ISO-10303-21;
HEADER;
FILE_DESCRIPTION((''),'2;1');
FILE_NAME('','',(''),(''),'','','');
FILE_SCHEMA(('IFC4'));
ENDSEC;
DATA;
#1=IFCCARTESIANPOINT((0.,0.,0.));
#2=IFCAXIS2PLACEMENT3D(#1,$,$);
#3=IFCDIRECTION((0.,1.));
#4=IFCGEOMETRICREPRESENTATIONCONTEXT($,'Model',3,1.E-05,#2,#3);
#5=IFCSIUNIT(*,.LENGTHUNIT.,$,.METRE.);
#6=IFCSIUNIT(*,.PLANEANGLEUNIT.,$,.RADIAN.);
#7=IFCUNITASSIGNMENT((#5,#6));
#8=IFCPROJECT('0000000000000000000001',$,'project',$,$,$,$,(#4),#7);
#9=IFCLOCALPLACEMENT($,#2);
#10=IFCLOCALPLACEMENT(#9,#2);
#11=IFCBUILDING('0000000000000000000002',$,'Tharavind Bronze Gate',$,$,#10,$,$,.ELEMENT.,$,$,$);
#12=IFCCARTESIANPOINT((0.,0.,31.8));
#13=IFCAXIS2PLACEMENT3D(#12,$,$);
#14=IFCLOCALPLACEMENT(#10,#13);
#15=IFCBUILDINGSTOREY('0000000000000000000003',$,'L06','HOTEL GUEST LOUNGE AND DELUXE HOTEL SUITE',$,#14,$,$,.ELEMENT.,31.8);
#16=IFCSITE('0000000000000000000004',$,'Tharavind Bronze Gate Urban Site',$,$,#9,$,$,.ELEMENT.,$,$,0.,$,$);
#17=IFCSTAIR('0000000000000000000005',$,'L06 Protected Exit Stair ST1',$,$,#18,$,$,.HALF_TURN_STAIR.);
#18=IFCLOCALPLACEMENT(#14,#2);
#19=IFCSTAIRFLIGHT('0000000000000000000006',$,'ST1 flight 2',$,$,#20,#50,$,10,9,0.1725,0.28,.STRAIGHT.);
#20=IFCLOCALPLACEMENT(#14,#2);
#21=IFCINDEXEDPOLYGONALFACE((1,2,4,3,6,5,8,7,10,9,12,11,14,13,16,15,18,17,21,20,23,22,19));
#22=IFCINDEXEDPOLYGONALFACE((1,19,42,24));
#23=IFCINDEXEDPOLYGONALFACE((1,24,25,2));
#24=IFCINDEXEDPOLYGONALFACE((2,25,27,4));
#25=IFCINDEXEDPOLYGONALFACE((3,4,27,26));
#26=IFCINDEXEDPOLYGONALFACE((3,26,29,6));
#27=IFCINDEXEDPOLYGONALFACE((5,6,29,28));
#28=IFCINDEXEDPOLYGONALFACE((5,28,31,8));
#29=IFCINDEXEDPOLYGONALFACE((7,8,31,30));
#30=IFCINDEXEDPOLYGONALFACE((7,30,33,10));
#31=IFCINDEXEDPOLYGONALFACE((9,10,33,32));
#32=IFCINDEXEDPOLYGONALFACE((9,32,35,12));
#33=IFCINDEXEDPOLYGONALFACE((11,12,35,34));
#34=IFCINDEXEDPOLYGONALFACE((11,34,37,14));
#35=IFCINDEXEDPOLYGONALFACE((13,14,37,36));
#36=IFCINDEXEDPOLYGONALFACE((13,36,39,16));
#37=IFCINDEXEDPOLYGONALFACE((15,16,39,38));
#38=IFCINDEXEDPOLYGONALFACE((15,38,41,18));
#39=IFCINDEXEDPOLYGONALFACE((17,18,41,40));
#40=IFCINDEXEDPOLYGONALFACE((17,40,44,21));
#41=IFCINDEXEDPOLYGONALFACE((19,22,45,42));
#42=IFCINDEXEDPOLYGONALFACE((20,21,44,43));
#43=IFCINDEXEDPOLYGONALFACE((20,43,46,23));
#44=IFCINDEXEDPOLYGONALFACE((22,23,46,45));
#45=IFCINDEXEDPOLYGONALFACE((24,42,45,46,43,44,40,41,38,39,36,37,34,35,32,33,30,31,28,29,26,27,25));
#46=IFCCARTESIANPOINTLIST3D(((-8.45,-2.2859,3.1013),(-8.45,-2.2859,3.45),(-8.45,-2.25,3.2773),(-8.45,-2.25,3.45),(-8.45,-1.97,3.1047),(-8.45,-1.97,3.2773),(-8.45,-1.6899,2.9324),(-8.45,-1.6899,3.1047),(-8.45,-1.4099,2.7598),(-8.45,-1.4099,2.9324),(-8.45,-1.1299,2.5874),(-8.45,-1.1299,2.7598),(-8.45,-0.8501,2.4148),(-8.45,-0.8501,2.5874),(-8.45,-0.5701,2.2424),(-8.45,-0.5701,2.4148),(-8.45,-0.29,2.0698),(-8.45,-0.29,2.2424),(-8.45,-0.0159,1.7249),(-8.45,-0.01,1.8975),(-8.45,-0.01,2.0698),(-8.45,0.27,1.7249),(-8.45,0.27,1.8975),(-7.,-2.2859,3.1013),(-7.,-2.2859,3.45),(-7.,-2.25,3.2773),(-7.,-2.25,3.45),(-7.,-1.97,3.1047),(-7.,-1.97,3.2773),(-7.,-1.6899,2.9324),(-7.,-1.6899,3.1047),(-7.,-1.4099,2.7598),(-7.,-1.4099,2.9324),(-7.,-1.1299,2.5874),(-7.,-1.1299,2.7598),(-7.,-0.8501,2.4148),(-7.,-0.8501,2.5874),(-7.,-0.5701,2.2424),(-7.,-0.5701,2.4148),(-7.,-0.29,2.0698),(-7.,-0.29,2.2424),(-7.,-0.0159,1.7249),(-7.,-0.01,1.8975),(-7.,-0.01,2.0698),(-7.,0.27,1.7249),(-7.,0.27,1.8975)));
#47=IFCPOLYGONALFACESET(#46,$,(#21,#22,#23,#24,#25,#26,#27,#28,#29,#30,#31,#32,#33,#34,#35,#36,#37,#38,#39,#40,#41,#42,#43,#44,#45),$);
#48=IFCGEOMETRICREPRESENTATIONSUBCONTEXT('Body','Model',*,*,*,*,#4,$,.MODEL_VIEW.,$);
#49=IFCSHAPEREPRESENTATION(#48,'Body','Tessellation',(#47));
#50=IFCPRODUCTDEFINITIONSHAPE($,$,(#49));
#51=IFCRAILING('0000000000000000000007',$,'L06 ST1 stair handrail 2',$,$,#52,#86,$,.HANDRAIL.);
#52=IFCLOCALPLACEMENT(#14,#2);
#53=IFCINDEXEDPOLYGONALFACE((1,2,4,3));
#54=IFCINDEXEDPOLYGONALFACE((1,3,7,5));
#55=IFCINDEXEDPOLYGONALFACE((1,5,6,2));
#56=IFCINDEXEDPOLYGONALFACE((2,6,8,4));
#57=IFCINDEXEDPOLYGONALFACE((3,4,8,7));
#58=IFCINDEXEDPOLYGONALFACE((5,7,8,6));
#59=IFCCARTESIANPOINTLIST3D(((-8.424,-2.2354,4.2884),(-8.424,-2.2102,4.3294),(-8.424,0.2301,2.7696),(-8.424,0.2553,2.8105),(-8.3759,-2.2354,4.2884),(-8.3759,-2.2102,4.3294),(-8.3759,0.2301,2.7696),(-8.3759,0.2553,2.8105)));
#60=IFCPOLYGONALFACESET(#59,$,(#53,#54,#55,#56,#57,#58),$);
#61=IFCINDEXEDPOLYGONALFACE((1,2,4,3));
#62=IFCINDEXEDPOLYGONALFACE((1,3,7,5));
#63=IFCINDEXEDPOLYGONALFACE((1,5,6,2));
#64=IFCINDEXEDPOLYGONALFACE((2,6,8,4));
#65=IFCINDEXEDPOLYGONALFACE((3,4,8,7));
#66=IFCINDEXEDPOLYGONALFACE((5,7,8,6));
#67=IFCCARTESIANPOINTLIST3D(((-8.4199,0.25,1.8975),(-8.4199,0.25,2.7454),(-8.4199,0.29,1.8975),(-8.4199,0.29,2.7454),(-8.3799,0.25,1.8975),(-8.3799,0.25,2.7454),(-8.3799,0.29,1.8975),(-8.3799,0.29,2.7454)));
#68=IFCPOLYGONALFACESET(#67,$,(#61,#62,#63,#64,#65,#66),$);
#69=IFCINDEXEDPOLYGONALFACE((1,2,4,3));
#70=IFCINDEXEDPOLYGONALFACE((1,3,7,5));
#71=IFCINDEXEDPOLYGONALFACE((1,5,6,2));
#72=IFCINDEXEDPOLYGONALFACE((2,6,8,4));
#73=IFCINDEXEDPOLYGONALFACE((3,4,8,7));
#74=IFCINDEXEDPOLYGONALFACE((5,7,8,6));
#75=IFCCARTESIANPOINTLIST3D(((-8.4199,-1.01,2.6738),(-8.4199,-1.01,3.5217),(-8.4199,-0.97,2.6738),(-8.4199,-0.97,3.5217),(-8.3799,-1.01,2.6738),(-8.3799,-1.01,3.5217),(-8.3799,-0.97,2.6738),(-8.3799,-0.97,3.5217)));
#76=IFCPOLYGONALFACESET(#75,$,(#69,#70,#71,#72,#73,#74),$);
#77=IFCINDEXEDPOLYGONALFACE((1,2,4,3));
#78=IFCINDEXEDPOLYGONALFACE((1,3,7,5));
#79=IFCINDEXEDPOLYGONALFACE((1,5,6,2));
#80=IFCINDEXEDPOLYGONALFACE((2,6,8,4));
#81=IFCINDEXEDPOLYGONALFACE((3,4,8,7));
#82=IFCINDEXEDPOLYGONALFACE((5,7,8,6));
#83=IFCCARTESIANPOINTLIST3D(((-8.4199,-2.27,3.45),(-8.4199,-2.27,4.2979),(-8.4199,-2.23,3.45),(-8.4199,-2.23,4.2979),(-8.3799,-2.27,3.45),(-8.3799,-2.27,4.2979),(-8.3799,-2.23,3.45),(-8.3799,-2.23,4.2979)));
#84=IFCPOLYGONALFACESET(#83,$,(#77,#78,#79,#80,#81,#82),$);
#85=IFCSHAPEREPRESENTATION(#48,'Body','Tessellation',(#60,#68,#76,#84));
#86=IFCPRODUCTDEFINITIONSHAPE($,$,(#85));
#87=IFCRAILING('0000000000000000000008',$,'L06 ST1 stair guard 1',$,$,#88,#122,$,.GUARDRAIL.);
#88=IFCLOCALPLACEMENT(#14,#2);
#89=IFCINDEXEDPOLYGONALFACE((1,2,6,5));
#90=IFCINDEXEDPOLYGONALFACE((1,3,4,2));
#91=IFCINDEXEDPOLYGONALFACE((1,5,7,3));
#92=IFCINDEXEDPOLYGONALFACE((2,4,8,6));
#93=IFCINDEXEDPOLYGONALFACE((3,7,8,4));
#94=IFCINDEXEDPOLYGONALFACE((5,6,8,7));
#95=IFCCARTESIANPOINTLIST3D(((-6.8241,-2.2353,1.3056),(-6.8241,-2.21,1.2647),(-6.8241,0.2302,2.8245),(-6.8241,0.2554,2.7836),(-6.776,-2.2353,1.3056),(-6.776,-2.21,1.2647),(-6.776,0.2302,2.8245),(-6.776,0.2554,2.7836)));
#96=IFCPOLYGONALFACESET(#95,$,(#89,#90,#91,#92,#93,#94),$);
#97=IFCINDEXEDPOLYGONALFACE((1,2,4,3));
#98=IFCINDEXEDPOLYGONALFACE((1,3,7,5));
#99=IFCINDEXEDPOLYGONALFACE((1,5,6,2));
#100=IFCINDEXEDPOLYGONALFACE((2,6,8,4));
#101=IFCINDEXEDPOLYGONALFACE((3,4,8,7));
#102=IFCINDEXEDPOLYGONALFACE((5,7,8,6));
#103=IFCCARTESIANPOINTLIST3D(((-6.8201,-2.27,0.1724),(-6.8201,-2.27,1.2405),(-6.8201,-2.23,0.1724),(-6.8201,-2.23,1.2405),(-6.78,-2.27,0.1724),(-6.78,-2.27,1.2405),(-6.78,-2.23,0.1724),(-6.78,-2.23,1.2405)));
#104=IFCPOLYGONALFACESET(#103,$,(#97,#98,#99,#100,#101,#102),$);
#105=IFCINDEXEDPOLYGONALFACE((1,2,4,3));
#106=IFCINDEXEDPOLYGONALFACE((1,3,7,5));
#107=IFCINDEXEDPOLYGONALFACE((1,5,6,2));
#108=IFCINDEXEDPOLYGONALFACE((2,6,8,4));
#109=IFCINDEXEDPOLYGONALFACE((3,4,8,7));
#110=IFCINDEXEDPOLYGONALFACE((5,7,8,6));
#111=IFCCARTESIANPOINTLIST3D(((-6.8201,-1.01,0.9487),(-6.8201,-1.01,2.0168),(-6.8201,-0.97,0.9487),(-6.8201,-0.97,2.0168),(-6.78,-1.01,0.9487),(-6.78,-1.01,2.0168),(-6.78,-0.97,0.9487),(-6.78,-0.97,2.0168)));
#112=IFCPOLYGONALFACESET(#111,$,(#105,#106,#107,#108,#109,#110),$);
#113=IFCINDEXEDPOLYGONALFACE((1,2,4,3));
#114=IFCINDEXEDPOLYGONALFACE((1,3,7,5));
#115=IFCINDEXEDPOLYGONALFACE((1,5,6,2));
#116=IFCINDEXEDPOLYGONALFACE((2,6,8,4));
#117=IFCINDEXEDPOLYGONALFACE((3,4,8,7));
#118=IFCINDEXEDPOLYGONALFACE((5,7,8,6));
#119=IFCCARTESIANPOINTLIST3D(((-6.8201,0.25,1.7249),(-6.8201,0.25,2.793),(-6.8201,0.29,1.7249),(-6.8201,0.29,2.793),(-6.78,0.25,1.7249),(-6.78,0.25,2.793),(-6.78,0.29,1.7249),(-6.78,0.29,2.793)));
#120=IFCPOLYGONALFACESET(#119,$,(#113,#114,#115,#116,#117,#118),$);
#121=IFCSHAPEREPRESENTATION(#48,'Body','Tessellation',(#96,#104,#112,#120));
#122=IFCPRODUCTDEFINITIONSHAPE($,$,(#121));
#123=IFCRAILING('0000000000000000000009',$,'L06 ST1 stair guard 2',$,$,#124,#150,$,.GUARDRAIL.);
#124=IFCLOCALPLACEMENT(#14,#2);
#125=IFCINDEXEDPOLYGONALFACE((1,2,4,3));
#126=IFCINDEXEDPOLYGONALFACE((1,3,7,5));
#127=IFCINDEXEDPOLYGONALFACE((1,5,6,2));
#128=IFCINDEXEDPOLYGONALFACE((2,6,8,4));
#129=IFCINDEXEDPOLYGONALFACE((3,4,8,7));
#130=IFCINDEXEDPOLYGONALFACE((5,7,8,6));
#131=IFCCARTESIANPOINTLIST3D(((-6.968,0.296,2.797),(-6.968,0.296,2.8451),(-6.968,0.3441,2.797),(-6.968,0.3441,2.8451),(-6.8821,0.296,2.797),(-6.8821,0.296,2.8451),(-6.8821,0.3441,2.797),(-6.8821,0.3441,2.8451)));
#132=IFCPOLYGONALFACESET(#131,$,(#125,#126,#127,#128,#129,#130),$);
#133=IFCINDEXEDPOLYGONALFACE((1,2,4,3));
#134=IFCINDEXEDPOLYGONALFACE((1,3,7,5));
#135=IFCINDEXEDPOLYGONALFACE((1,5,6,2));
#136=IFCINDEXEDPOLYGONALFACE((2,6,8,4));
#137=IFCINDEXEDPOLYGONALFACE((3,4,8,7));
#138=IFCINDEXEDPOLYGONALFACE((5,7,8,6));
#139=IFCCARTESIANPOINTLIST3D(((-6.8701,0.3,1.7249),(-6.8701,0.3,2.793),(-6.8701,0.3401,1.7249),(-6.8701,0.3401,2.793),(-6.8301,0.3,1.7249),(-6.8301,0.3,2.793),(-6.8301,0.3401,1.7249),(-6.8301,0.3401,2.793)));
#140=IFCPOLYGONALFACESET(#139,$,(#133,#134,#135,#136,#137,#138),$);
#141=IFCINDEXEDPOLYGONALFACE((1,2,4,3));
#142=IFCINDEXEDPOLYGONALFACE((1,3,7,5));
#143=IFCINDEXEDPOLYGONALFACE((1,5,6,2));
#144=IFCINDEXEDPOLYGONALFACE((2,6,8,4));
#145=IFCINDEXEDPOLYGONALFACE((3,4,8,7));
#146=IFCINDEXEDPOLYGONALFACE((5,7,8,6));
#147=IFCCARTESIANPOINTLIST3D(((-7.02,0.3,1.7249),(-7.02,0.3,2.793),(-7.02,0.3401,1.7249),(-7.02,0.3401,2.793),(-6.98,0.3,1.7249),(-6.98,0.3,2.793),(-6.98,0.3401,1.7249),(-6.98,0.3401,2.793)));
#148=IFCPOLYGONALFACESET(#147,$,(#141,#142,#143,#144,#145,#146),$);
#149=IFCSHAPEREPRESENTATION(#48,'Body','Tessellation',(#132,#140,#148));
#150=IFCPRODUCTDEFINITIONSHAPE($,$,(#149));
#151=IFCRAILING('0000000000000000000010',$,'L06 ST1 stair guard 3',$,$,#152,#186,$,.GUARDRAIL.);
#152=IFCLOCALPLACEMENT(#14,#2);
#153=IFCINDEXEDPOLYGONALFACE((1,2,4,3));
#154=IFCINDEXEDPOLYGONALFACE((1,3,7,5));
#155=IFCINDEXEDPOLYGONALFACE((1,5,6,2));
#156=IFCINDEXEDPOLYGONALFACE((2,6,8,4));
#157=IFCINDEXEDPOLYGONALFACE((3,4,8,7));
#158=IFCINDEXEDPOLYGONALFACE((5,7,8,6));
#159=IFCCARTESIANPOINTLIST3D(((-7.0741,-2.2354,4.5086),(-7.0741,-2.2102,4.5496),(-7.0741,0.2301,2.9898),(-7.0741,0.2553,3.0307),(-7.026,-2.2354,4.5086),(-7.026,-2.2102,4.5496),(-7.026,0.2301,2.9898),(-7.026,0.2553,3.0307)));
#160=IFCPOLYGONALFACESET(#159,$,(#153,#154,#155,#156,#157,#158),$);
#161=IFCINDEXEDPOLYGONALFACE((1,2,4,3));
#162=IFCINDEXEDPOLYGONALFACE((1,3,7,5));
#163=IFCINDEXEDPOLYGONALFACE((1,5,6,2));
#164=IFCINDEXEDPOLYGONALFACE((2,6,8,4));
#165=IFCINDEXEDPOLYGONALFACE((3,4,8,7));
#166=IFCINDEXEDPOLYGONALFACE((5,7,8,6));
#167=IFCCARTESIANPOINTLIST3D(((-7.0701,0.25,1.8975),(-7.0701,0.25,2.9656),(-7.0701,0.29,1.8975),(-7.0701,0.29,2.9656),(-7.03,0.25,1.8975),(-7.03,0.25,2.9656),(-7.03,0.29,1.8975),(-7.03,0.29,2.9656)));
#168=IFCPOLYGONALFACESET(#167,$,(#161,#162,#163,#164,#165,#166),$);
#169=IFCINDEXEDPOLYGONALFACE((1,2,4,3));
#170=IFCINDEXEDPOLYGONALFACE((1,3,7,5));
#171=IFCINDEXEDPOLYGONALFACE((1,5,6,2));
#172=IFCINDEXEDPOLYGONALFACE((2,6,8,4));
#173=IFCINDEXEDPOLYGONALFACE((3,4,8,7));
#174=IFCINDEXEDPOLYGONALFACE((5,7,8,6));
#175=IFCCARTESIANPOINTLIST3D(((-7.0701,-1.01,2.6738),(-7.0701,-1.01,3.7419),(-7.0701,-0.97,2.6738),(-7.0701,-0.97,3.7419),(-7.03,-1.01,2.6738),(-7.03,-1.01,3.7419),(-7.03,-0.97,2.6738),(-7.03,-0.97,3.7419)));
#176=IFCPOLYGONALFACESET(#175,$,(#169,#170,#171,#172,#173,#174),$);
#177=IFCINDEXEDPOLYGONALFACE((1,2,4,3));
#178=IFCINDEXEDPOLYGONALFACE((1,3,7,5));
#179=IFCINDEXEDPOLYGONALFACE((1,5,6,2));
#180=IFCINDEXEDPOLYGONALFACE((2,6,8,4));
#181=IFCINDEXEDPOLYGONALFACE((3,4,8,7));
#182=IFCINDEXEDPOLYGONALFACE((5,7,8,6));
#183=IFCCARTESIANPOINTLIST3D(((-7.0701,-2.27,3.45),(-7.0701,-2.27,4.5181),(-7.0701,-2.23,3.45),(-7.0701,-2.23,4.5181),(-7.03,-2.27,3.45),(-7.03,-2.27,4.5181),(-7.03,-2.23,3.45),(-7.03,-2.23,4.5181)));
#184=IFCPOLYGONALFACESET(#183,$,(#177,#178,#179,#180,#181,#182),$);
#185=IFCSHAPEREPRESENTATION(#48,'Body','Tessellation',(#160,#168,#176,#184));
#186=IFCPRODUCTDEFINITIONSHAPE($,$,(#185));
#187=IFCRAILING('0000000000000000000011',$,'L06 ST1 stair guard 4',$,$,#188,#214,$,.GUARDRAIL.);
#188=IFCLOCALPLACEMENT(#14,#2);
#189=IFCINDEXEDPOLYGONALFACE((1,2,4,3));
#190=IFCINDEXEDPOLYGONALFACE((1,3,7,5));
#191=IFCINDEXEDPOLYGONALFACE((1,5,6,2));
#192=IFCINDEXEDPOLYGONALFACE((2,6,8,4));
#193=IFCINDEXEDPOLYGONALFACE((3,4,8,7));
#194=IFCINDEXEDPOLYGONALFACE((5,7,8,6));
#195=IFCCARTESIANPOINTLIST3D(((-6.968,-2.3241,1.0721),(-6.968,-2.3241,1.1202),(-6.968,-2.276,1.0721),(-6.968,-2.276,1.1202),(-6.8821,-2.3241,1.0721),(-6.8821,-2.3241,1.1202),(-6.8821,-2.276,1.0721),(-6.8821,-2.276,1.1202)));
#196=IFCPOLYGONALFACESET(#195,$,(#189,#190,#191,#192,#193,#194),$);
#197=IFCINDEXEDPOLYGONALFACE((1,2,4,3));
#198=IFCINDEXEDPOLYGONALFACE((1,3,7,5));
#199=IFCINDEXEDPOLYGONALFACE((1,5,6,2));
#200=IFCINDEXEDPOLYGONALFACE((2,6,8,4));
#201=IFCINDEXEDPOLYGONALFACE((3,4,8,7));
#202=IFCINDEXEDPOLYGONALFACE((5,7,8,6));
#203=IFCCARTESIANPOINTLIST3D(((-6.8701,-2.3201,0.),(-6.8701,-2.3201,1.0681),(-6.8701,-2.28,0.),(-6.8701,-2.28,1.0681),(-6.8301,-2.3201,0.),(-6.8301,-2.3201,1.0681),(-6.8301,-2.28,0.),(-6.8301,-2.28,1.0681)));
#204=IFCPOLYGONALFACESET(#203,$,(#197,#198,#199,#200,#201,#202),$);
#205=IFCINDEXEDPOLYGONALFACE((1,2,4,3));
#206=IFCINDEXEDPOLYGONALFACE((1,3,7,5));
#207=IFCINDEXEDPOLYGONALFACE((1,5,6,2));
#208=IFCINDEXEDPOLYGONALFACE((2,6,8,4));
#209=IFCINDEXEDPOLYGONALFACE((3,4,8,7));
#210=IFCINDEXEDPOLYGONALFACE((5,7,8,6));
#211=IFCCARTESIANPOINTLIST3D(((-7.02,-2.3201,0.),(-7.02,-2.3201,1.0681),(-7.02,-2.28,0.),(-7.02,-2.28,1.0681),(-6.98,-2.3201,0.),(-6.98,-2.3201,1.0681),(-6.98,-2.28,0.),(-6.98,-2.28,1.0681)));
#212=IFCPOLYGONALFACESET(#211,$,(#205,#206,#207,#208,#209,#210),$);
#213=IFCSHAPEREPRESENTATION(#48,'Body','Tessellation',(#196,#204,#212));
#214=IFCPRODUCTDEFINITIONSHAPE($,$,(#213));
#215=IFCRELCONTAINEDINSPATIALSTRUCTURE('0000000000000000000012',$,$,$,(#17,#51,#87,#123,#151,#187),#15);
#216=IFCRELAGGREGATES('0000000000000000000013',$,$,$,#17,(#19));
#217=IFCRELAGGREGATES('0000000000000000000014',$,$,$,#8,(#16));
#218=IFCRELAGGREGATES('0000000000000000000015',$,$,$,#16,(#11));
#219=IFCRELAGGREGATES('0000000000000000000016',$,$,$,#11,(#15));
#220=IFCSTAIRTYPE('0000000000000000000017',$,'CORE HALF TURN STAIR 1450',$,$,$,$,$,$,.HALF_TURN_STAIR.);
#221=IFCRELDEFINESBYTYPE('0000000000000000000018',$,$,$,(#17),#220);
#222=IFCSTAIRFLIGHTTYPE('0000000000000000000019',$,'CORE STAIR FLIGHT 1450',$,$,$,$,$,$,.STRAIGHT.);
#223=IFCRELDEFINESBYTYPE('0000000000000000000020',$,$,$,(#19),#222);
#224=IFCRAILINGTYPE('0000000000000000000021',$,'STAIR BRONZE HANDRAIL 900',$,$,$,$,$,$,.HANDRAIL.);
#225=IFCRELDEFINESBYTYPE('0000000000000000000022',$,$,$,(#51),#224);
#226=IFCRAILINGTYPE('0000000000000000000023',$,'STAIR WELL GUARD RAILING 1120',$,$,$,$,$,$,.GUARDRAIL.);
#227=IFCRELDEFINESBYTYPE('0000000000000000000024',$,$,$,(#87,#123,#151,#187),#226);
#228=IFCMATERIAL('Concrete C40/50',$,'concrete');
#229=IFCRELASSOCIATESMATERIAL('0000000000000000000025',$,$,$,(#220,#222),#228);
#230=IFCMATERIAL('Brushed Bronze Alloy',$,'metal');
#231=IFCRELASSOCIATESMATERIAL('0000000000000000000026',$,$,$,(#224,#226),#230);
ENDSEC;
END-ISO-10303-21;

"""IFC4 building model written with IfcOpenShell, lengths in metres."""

from ifc_helpers import new_model, si_unit, direction, frame, origin, origin_2d, place, context, subcontext, project, spatial, polyline, rectangle, outline, extrude, material, type_object, element, aggregate, save


model = new_model("IFC4")

# Units and contexts
model_context = context("Model", 3, precision=1e-05, world=origin(), true_north=direction((0.0, 1.0)))
body_context = subcontext(model_context, "Body", "Model", "MODEL_VIEW")
ifc_project = project(units=[si_unit("LENGTHUNIT", "METRE"), si_unit("PLANEANGLEUNIT", "RADIAN")], contexts=[model_context])

# Site, building, storey
site_placement = place(None, origin())
site = spatial("IfcSite", under=ifc_project, at=site_placement, Name="Tharavind Bronze Gate Urban Site", CompositionType="ELEMENT", RefElevation=0.0)
building_placement = place(site_placement, origin())
building = spatial("IfcBuilding", under=site, at=building_placement, Name="Tharavind Bronze Gate", CompositionType="ELEMENT")
storey_placement = place(building_placement, frame((0.0, 0.0, 31.8)))
storey = spatial("IfcBuildingStorey", under=building, at=storey_placement, Name="L06", Description="HOTEL GUEST LOUNGE AND DELUXE HOTEL SUITE", CompositionType="ELEMENT", Elevation=31.8)

# Stair, stair flight
ifc_material_1 = material(Name="Concrete C40/50", Category="concrete")
stair_type = type_object("IfcStairType", Name="CORE HALF TURN STAIR 1450", PredefinedType="HALF_TURN_STAIR", material=ifc_material_1)
stair_placement = place(storey_placement, origin())
stair = element("IfcStair", 1, at=stair_placement, inside=storey, type_object=stair_type, Name="L06 Protected Exit Stair ST1", PredefinedType="HALF_TURN_STAIR")
stair_flight_type = type_object("IfcStairFlightType", Name="CORE STAIR FLIGHT 1450", PredefinedType="STRAIGHT", material=ifc_material_1)
stair_flight_1_placement = place(storey_placement, frame((-7.7251, 0.27, 1.7249), z_axis=(0.0, 0.0, 1.0), x_axis=(0.0, -1.0, 0.0)))
stair_flight_1 = element("IfcStairFlight", 2, at=stair_flight_1_placement, type_object=stair_flight_type, Name="ST1 flight 2", NumberOfRisers=10, NumberOfTreads=9, PredefinedType="STRAIGHT", RiserHeight=0.1725, TreadLength=0.28, context=body_context, shape_type="SweptSolid", body=[
    extrude(outline(polyline([(0.0, 0.0), (0.0, 0.1726), (0.28, 0.1726), (0.28, 0.345), (0.5601, 0.345), (0.5601, 0.5176), (0.8401, 0.5176), (0.8401, 0.6899), (1.1201, 0.6899), (1.1201, 0.8625), (1.3999, 0.8625), (1.3999, 1.0349), (1.6799, 1.0349), (1.6799, 1.2075), (1.96, 1.2075), (1.96, 1.3799), (2.24, 1.3799), (2.24, 1.5525), (2.52, 1.5525), (2.52, 1.7251), (2.5559, 1.7251), (2.5559, 1.3765), (0.2859, 0.0), (0.0, 0.0)])), frame((0.0, 0.7251, 0.0), z_axis=(0.0, -1.0, 0.0), x_axis=(1.0, 0.0, 0.0)), (0.0, 0.0, 1.0), 1.45),
])
aggregate(stair, [stair_flight_1])

# Railings
ifc_material_2 = material(Name="Brushed Bronze Alloy", Category="metal")
railing_type_1 = type_object("IfcRailingType", Name="STAIR BRONZE HANDRAIL 900", PredefinedType="HANDRAIL", material=ifc_material_2)
railing_1_placement = place(storey_placement, frame((-8.3999, 0.27, 1.8975)))
element("IfcRailing", 3, at=railing_1_placement, inside=storey, type_object=railing_type_1, Name="L06 ST1 stair handrail 2", PredefinedType="HANDRAIL", context=body_context, shape_type="SweptSolid", body=[
    extrude(rectangle(XDim=0.0481, YDim=0.0481, at=origin_2d()), frame((0.0, -0.0273, 0.8926), z_axis=(0.0, -0.8514, 0.524516), x_axis=(1.0, 0.0, 0.0)), (0.0, 0.0, 1.0), 2.8958),
    extrude(rectangle(XDim=0.04, YDim=0.04, at=origin_2d()), origin(), (0.0, 0.0, 1.0), 0.8479),
    extrude(rectangle(XDim=0.04, YDim=0.04, at=origin_2d()), frame((0.0, -1.26, 0.7764)), (0.0, 0.0, 1.0), 0.8479),
    extrude(rectangle(XDim=0.04, YDim=0.04, at=origin_2d()), frame((0.0, -2.52, 1.5525)), (0.0, 0.0, 1.0), 0.8479),
])
railing_type_2 = type_object("IfcRailingType", Name="STAIR WELL GUARD RAILING 1120", PredefinedType="GUARDRAIL", material=ifc_material_2)
railing_2_placement = place(storey_placement, frame((-6.8, -2.25, 0.1724)))
element("IfcRailing", 4, at=railing_2_placement, inside=storey, type_object=railing_type_2, Name="L06 ST1 stair guard 1", PredefinedType="GUARDRAIL", context=body_context, shape_type="SweptSolid", body=[
    extrude(rectangle(XDim=0.0481, YDim=0.0481, at=origin_2d()), frame((0.0, 0.0273, 1.1128), z_axis=(0.0, 0.8514, 0.524516), x_axis=(-1.0, 0.0, 0.0)), (0.0, 0.0, 1.0), 2.8958),
    extrude(rectangle(XDim=0.04, YDim=0.04, at=origin_2d()), origin(), (0.0, 0.0, 1.0), 1.0681),
    extrude(rectangle(XDim=0.04, YDim=0.04, at=origin_2d()), frame((0.0, 1.26, 0.7764)), (0.0, 0.0, 1.0), 1.0681),
    extrude(rectangle(XDim=0.04, YDim=0.04, at=origin_2d()), frame((0.0, 2.52, 1.5525)), (0.0, 0.0, 1.0), 1.0681),
])
railing_3_placement = place(storey_placement, frame((-6.8501, 0.3201, 1.7249)))
element("IfcRailing", 5, at=railing_3_placement, inside=storey, type_object=railing_type_2, Name="L06 ST1 stair guard 2", PredefinedType="GUARDRAIL", context=body_context, shape_type="SweptSolid", body=[
    extrude(rectangle(XDim=0.0481, YDim=0.0481, at=origin_2d()), frame((-0.032, 0.0, 1.0962), z_axis=(-1.0, 0.0, 0.0), x_axis=(0.0, -1.0, 0.0)), (0.0, 0.0, 1.0), 0.0859),
    extrude(rectangle(XDim=0.04, YDim=0.04, at=origin_2d()), origin(), (0.0, 0.0, 1.0), 1.0681),
    extrude(rectangle(XDim=0.04, YDim=0.04, at=origin_2d()), frame((-0.1499, 0.0, 0.0)), (0.0, 0.0, 1.0), 1.0681),
])
railing_4_placement = place(storey_placement, frame((-7.05, 0.27, 1.8975)))
element("IfcRailing", 6, at=railing_4_placement, inside=storey, type_object=railing_type_2, Name="L06 ST1 stair guard 3", PredefinedType="GUARDRAIL", context=body_context, shape_type="SweptSolid", body=[
    extrude(rectangle(XDim=0.0481, YDim=0.0481, at=origin_2d()), frame((0.0, -0.0273, 1.1128), z_axis=(0.0, -0.8514, 0.524516), x_axis=(1.0, 0.0, 0.0)), (0.0, 0.0, 1.0), 2.8958),
    extrude(rectangle(XDim=0.04, YDim=0.04, at=origin_2d()), origin(), (0.0, 0.0, 1.0), 1.0681),
    extrude(rectangle(XDim=0.04, YDim=0.04, at=origin_2d()), frame((0.0, -1.26, 0.7764)), (0.0, 0.0, 1.0), 1.0681),
    extrude(rectangle(XDim=0.04, YDim=0.04, at=origin_2d()), frame((0.0, -2.52, 1.5525)), (0.0, 0.0, 1.0), 1.0681),
])
railing_5_placement = place(storey_placement, frame((-6.8501, -2.3, 0.0)))
element("IfcRailing", 7, at=railing_5_placement, inside=storey, type_object=railing_type_2, Name="L06 ST1 stair guard 4", PredefinedType="GUARDRAIL", context=body_context, shape_type="SweptSolid", body=[
    extrude(rectangle(XDim=0.0481, YDim=0.0481, at=origin_2d()), frame((-0.032, 0.0, 1.0962), z_axis=(-1.0, 0.0, 0.0), x_axis=(0.0, -1.0, 0.0)), (0.0, 0.0, 1.0), 0.0859),
    extrude(rectangle(XDim=0.04, YDim=0.04, at=origin_2d()), origin(), (0.0, 0.0, 1.0), 1.0681),
    extrude(rectangle(XDim=0.04, YDim=0.04, at=origin_2d()), frame((-0.1499, 0.0, 0.0)), (0.0, 0.0, 1.0), 1.0681),
])

save(model, "model.ifc")
